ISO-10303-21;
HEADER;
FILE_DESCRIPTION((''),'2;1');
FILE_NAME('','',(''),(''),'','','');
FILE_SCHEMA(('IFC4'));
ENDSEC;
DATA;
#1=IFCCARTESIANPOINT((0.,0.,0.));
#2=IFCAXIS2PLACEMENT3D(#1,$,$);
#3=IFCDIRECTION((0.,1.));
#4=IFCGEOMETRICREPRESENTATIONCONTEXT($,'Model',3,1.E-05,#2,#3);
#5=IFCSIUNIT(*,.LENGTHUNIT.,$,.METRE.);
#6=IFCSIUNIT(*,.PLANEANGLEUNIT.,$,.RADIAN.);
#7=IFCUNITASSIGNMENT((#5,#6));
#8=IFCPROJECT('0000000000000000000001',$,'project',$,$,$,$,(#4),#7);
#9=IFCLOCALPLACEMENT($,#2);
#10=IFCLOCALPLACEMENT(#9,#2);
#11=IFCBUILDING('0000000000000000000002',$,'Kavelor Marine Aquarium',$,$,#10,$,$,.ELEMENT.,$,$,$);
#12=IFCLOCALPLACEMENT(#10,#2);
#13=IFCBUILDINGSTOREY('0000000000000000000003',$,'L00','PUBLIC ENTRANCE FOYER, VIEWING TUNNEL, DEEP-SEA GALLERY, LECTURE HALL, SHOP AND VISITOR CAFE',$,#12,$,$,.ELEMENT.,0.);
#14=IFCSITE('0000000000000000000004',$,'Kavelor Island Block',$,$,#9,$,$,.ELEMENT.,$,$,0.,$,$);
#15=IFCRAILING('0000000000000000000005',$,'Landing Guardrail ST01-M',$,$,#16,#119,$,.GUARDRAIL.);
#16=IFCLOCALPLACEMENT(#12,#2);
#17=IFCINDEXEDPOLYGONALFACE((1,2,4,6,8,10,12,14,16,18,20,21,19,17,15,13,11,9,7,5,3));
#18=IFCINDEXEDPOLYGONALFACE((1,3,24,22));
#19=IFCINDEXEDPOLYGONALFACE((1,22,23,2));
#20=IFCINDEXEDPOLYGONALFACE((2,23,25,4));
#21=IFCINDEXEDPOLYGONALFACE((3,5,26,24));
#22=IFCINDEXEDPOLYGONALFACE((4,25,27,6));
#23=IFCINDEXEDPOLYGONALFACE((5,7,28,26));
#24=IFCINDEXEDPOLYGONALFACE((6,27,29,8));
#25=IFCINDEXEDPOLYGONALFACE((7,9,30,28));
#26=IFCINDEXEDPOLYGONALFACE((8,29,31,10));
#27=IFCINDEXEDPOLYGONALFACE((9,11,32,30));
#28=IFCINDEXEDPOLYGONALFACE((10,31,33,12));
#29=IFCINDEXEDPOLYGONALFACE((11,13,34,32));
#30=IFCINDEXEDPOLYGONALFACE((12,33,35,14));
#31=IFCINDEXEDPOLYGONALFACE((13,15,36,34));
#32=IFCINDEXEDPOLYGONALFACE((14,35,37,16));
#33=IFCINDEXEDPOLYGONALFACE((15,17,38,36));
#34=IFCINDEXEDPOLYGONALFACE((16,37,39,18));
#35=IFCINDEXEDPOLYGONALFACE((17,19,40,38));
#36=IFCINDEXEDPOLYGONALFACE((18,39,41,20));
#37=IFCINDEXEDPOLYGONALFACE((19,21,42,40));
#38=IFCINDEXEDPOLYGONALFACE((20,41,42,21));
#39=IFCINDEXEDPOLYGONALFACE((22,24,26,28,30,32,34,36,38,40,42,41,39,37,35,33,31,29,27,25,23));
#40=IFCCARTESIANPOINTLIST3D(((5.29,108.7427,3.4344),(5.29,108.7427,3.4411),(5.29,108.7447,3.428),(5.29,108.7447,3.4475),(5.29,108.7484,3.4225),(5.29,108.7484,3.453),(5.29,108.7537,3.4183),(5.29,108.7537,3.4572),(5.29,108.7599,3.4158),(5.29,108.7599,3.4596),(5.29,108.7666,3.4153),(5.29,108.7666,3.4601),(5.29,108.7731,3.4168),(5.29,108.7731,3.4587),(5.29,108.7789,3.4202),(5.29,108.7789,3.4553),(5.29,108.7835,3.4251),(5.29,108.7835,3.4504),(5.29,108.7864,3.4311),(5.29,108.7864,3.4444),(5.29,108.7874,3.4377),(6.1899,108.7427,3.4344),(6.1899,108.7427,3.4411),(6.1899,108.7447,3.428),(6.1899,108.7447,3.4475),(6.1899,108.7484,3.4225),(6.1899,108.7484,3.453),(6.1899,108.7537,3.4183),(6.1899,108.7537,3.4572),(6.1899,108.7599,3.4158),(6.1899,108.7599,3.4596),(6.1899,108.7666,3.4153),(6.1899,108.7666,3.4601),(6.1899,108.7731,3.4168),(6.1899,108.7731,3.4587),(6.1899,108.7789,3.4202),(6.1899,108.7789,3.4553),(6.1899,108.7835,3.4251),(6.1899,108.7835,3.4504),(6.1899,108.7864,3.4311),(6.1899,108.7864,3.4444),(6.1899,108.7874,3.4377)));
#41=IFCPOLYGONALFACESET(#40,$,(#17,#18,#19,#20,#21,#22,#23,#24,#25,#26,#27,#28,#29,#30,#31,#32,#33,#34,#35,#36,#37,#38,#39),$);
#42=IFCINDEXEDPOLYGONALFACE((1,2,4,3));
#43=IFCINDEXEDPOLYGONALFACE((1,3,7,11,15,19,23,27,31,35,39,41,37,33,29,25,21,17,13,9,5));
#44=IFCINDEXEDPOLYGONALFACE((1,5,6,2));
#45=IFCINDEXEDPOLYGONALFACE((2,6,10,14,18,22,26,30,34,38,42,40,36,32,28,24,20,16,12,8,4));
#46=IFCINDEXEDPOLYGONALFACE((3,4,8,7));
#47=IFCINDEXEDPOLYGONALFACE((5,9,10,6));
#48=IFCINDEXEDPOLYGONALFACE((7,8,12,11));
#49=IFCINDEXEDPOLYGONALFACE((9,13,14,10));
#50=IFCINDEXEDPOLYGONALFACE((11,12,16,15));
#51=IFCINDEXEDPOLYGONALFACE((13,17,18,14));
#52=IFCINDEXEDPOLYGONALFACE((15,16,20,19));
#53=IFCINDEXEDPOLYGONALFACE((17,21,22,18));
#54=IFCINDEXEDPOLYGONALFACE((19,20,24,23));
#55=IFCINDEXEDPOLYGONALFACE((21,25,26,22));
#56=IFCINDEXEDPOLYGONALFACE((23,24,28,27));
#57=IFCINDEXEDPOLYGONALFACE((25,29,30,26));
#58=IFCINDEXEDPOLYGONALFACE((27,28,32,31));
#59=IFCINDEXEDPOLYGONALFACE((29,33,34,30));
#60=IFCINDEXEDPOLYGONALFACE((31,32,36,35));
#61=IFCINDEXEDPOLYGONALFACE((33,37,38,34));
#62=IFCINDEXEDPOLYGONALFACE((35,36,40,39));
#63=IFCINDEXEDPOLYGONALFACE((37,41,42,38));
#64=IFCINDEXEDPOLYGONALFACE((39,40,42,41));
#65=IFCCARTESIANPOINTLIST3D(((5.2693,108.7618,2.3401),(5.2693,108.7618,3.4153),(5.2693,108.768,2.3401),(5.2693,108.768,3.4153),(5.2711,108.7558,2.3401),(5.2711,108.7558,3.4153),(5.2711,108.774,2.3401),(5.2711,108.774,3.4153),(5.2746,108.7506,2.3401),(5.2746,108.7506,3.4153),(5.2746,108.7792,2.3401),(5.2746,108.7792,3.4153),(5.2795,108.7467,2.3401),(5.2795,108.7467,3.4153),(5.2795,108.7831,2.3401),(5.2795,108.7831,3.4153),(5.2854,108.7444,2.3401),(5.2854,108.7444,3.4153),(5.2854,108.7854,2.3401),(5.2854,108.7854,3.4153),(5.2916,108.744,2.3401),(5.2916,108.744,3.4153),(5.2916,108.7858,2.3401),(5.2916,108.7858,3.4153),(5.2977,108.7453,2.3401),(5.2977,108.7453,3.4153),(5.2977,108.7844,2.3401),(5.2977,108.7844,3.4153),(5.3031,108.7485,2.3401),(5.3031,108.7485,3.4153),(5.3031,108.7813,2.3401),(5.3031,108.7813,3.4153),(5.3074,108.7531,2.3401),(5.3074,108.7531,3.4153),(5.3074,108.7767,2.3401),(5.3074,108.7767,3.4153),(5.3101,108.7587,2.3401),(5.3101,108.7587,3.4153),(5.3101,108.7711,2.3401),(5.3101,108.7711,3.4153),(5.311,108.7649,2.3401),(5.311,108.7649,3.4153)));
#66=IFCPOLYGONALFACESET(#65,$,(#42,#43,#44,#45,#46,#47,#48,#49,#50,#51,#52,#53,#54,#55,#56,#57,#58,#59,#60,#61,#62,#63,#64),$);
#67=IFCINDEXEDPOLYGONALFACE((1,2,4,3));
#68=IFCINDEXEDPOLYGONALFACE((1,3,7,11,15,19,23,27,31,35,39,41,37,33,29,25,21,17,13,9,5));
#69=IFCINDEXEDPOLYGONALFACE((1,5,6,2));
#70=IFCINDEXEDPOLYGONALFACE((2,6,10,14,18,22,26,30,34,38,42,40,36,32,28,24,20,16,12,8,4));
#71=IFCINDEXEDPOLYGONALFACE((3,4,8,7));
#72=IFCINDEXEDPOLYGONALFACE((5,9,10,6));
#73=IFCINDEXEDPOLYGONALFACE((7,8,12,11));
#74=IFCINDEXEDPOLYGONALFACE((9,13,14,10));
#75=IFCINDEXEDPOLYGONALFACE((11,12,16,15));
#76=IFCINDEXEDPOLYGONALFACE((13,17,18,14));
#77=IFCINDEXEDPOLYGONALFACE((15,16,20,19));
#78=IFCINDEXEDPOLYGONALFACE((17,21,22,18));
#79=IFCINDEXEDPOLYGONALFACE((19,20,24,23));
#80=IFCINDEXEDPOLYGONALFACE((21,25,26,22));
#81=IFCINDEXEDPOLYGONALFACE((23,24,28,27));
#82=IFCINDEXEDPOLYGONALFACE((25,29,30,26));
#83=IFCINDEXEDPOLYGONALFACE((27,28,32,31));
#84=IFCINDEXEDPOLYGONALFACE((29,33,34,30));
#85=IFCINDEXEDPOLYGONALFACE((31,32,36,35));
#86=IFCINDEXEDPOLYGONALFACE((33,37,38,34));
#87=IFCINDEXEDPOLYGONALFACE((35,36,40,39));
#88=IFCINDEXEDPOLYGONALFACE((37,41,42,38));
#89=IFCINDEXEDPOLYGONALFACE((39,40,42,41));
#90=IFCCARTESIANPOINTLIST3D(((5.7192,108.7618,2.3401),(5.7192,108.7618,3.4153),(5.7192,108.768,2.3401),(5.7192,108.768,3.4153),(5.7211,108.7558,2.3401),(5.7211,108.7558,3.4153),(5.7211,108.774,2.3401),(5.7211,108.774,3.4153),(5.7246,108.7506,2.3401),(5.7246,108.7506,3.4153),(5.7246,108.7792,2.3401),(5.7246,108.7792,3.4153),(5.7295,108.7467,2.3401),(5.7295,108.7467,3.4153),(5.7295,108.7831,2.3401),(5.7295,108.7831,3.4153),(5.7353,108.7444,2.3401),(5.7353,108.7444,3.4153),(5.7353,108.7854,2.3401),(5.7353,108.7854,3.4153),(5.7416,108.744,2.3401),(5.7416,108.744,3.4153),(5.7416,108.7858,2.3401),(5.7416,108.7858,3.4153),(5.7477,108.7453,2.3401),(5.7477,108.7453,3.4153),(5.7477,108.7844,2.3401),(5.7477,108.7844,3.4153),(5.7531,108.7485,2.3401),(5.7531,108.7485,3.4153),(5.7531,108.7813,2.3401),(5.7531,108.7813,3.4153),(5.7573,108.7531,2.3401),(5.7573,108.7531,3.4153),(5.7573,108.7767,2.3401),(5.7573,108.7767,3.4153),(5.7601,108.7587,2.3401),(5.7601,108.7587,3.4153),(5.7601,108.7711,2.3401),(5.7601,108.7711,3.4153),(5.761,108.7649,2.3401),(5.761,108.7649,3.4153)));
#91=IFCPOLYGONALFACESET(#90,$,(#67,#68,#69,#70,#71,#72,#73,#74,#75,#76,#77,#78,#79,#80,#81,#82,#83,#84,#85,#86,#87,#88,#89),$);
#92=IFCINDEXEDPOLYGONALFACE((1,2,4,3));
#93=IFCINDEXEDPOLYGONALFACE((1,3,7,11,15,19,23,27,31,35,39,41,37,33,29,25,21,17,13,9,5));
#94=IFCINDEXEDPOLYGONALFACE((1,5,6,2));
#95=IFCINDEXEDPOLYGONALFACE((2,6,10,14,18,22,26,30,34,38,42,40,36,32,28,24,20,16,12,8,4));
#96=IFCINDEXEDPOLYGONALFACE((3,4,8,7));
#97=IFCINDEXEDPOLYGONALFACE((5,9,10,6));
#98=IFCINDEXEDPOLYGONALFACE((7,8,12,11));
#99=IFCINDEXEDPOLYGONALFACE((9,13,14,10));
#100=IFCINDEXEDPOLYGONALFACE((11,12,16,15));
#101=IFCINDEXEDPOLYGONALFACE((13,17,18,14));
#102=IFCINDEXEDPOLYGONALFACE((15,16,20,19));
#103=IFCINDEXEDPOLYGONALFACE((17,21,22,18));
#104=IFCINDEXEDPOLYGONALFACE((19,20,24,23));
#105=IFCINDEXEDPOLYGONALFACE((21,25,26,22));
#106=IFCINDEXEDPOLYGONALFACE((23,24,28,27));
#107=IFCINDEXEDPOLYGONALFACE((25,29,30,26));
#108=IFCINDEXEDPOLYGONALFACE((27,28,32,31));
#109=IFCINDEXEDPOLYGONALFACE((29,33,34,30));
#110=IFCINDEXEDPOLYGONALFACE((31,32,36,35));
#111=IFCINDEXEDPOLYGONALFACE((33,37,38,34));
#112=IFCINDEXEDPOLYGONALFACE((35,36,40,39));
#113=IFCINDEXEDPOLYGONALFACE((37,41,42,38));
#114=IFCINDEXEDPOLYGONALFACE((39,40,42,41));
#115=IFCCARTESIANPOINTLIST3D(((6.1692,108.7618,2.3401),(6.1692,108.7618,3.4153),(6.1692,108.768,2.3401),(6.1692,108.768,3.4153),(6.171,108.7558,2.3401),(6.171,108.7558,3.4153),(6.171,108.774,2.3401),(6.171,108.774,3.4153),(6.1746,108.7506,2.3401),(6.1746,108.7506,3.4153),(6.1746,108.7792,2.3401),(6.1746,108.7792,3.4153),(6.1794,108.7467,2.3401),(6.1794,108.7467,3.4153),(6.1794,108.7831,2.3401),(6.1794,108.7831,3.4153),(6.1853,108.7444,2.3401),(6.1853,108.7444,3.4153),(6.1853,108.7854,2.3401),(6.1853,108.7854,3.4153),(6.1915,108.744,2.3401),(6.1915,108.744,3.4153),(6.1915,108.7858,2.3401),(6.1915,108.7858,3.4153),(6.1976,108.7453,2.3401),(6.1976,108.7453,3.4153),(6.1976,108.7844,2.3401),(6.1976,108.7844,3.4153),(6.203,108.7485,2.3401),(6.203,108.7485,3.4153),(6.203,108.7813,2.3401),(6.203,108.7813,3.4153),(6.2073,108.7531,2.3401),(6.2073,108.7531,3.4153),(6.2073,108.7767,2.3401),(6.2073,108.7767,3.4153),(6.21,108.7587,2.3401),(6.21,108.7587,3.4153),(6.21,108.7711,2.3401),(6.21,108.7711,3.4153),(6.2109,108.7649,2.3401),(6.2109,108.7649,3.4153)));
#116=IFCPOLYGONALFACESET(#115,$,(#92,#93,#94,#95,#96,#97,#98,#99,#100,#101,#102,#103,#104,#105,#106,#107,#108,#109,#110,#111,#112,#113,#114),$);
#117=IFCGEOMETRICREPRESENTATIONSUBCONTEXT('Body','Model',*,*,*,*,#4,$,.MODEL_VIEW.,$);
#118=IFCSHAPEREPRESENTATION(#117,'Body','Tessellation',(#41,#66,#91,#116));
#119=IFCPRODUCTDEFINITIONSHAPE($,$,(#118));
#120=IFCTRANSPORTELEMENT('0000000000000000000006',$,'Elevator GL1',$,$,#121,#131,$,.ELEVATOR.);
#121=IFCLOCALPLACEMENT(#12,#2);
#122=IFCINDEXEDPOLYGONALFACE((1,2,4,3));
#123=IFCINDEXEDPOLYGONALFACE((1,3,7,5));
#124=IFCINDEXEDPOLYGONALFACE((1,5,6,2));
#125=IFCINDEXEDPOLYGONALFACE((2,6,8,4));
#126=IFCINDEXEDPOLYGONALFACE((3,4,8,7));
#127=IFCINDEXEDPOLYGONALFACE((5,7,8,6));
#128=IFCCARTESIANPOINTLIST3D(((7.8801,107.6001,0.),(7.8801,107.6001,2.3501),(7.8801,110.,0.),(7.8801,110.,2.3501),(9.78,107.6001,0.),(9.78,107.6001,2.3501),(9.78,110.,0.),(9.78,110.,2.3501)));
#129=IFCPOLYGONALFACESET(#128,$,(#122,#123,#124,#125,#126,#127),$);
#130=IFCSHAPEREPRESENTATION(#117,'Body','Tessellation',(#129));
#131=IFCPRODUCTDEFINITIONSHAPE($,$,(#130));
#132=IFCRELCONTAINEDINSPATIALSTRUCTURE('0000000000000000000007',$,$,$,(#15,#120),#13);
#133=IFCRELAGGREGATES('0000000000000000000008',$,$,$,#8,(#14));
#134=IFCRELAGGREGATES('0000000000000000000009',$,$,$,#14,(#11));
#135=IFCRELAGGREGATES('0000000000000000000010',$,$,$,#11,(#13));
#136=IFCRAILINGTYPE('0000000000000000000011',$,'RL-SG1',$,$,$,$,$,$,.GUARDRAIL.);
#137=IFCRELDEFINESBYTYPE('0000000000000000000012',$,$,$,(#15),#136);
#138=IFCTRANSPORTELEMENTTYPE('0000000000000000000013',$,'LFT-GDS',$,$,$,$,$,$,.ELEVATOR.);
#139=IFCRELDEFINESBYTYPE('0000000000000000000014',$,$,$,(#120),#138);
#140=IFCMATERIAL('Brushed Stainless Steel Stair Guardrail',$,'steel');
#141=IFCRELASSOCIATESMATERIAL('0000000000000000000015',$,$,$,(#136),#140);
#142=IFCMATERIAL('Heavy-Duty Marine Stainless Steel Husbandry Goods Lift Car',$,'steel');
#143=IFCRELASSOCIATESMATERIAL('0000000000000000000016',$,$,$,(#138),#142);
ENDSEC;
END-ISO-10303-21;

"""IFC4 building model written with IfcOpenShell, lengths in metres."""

from ifc_helpers import new_model, si_unit, direction, frame, origin, origin_2d, place, context, subcontext, project, spatial, rectangle, circle, extrude, material, type_object, element, save


model = new_model("IFC4")

# Units and contexts
model_context = context("Model", 3, precision=1e-05, world=origin(), true_north=direction((0.0, 1.0)))
body_context = subcontext(model_context, "Body", "Model", "MODEL_VIEW")
ifc_project = project(units=[si_unit("LENGTHUNIT", "METRE"), si_unit("PLANEANGLEUNIT", "RADIAN")], contexts=[model_context])

# Site, building, storey
site_placement = place(None, origin())
site = spatial("IfcSite", under=ifc_project, at=site_placement, Name="Kavelor Island Block", CompositionType="ELEMENT", RefElevation=0.0)
building_placement = place(site_placement, origin())
building = spatial("IfcBuilding", under=site, at=building_placement, Name="Kavelor Marine Aquarium", CompositionType="ELEMENT")
storey_placement = place(building_placement, origin())
storey = spatial("IfcBuildingStorey", under=building, at=storey_placement, Name="L00", Description="PUBLIC ENTRANCE FOYER, VIEWING TUNNEL, DEEP-SEA GALLERY, LECTURE HALL, SHOP AND VISITOR CAFE", CompositionType="ELEMENT", Elevation=0.0)

# Railing
ifc_material_1 = material(Name="Brushed Stainless Steel Stair Guardrail", Category="steel")
railing_type_1 = type_object("IfcRailingType", Name="RL-SG1", PredefinedType="GUARDRAIL", material=ifc_material_1)
railing_1_placement = place(storey_placement, frame((5.29, 108.7649, 2.3401)))
element("IfcRailing", 1, at=railing_1_placement, inside=storey, type_object=railing_type_1, Name="Landing Guardrail ST01-M", PredefinedType="GUARDRAIL", context=body_context, shape_type="SweptSolid", body=[
    extrude(circle(Radius=0.0225, at=origin_2d()), frame((0.0, 0.0, 1.0977), z_axis=(1.0, 0.0, 0.0), x_axis=(0.0, 1.0, 0.0)), (0.0, 0.0, 1.0), 0.8999),
    extrude(circle(Radius=0.021, at=origin_2d()), origin(), (0.0, 0.0, 1.0), 1.0752),
    extrude(circle(Radius=0.021, at=origin_2d()), frame((0.45, 0.0, 0.0)), (0.0, 0.0, 1.0), 1.0752),
    extrude(circle(Radius=0.021, at=origin_2d()), frame((0.8999, 0.0, 0.0)), (0.0, 0.0, 1.0), 1.0752),
])

# Transport element
ifc_material_2 = material(Name="Heavy-Duty Marine Stainless Steel Husbandry Goods Lift Car", Category="steel")
transport_element_type = type_object("IfcTransportElementType", Name="LFT-GDS", PredefinedType="ELEVATOR", material=ifc_material_2)
transport_element_placement = place(storey_placement, frame((8.8301, 108.8, 0.0), z_axis=(0.0, 0.0, 1.0), x_axis=(1.0, 0.0, 0.0)))
element("IfcTransportElement", 2, at=transport_element_placement, inside=storey, type_object=transport_element_type, Name="Elevator GL1", PredefinedType="ELEVATOR", context=body_context, shape_type="SweptSolid", body=[
    extrude(rectangle(XDim=1.8999, YDim=2.3999, at=origin_2d()), origin(), (0.0, 0.0, 1.0), 2.3501),
])

save(model, "model.ifc")
